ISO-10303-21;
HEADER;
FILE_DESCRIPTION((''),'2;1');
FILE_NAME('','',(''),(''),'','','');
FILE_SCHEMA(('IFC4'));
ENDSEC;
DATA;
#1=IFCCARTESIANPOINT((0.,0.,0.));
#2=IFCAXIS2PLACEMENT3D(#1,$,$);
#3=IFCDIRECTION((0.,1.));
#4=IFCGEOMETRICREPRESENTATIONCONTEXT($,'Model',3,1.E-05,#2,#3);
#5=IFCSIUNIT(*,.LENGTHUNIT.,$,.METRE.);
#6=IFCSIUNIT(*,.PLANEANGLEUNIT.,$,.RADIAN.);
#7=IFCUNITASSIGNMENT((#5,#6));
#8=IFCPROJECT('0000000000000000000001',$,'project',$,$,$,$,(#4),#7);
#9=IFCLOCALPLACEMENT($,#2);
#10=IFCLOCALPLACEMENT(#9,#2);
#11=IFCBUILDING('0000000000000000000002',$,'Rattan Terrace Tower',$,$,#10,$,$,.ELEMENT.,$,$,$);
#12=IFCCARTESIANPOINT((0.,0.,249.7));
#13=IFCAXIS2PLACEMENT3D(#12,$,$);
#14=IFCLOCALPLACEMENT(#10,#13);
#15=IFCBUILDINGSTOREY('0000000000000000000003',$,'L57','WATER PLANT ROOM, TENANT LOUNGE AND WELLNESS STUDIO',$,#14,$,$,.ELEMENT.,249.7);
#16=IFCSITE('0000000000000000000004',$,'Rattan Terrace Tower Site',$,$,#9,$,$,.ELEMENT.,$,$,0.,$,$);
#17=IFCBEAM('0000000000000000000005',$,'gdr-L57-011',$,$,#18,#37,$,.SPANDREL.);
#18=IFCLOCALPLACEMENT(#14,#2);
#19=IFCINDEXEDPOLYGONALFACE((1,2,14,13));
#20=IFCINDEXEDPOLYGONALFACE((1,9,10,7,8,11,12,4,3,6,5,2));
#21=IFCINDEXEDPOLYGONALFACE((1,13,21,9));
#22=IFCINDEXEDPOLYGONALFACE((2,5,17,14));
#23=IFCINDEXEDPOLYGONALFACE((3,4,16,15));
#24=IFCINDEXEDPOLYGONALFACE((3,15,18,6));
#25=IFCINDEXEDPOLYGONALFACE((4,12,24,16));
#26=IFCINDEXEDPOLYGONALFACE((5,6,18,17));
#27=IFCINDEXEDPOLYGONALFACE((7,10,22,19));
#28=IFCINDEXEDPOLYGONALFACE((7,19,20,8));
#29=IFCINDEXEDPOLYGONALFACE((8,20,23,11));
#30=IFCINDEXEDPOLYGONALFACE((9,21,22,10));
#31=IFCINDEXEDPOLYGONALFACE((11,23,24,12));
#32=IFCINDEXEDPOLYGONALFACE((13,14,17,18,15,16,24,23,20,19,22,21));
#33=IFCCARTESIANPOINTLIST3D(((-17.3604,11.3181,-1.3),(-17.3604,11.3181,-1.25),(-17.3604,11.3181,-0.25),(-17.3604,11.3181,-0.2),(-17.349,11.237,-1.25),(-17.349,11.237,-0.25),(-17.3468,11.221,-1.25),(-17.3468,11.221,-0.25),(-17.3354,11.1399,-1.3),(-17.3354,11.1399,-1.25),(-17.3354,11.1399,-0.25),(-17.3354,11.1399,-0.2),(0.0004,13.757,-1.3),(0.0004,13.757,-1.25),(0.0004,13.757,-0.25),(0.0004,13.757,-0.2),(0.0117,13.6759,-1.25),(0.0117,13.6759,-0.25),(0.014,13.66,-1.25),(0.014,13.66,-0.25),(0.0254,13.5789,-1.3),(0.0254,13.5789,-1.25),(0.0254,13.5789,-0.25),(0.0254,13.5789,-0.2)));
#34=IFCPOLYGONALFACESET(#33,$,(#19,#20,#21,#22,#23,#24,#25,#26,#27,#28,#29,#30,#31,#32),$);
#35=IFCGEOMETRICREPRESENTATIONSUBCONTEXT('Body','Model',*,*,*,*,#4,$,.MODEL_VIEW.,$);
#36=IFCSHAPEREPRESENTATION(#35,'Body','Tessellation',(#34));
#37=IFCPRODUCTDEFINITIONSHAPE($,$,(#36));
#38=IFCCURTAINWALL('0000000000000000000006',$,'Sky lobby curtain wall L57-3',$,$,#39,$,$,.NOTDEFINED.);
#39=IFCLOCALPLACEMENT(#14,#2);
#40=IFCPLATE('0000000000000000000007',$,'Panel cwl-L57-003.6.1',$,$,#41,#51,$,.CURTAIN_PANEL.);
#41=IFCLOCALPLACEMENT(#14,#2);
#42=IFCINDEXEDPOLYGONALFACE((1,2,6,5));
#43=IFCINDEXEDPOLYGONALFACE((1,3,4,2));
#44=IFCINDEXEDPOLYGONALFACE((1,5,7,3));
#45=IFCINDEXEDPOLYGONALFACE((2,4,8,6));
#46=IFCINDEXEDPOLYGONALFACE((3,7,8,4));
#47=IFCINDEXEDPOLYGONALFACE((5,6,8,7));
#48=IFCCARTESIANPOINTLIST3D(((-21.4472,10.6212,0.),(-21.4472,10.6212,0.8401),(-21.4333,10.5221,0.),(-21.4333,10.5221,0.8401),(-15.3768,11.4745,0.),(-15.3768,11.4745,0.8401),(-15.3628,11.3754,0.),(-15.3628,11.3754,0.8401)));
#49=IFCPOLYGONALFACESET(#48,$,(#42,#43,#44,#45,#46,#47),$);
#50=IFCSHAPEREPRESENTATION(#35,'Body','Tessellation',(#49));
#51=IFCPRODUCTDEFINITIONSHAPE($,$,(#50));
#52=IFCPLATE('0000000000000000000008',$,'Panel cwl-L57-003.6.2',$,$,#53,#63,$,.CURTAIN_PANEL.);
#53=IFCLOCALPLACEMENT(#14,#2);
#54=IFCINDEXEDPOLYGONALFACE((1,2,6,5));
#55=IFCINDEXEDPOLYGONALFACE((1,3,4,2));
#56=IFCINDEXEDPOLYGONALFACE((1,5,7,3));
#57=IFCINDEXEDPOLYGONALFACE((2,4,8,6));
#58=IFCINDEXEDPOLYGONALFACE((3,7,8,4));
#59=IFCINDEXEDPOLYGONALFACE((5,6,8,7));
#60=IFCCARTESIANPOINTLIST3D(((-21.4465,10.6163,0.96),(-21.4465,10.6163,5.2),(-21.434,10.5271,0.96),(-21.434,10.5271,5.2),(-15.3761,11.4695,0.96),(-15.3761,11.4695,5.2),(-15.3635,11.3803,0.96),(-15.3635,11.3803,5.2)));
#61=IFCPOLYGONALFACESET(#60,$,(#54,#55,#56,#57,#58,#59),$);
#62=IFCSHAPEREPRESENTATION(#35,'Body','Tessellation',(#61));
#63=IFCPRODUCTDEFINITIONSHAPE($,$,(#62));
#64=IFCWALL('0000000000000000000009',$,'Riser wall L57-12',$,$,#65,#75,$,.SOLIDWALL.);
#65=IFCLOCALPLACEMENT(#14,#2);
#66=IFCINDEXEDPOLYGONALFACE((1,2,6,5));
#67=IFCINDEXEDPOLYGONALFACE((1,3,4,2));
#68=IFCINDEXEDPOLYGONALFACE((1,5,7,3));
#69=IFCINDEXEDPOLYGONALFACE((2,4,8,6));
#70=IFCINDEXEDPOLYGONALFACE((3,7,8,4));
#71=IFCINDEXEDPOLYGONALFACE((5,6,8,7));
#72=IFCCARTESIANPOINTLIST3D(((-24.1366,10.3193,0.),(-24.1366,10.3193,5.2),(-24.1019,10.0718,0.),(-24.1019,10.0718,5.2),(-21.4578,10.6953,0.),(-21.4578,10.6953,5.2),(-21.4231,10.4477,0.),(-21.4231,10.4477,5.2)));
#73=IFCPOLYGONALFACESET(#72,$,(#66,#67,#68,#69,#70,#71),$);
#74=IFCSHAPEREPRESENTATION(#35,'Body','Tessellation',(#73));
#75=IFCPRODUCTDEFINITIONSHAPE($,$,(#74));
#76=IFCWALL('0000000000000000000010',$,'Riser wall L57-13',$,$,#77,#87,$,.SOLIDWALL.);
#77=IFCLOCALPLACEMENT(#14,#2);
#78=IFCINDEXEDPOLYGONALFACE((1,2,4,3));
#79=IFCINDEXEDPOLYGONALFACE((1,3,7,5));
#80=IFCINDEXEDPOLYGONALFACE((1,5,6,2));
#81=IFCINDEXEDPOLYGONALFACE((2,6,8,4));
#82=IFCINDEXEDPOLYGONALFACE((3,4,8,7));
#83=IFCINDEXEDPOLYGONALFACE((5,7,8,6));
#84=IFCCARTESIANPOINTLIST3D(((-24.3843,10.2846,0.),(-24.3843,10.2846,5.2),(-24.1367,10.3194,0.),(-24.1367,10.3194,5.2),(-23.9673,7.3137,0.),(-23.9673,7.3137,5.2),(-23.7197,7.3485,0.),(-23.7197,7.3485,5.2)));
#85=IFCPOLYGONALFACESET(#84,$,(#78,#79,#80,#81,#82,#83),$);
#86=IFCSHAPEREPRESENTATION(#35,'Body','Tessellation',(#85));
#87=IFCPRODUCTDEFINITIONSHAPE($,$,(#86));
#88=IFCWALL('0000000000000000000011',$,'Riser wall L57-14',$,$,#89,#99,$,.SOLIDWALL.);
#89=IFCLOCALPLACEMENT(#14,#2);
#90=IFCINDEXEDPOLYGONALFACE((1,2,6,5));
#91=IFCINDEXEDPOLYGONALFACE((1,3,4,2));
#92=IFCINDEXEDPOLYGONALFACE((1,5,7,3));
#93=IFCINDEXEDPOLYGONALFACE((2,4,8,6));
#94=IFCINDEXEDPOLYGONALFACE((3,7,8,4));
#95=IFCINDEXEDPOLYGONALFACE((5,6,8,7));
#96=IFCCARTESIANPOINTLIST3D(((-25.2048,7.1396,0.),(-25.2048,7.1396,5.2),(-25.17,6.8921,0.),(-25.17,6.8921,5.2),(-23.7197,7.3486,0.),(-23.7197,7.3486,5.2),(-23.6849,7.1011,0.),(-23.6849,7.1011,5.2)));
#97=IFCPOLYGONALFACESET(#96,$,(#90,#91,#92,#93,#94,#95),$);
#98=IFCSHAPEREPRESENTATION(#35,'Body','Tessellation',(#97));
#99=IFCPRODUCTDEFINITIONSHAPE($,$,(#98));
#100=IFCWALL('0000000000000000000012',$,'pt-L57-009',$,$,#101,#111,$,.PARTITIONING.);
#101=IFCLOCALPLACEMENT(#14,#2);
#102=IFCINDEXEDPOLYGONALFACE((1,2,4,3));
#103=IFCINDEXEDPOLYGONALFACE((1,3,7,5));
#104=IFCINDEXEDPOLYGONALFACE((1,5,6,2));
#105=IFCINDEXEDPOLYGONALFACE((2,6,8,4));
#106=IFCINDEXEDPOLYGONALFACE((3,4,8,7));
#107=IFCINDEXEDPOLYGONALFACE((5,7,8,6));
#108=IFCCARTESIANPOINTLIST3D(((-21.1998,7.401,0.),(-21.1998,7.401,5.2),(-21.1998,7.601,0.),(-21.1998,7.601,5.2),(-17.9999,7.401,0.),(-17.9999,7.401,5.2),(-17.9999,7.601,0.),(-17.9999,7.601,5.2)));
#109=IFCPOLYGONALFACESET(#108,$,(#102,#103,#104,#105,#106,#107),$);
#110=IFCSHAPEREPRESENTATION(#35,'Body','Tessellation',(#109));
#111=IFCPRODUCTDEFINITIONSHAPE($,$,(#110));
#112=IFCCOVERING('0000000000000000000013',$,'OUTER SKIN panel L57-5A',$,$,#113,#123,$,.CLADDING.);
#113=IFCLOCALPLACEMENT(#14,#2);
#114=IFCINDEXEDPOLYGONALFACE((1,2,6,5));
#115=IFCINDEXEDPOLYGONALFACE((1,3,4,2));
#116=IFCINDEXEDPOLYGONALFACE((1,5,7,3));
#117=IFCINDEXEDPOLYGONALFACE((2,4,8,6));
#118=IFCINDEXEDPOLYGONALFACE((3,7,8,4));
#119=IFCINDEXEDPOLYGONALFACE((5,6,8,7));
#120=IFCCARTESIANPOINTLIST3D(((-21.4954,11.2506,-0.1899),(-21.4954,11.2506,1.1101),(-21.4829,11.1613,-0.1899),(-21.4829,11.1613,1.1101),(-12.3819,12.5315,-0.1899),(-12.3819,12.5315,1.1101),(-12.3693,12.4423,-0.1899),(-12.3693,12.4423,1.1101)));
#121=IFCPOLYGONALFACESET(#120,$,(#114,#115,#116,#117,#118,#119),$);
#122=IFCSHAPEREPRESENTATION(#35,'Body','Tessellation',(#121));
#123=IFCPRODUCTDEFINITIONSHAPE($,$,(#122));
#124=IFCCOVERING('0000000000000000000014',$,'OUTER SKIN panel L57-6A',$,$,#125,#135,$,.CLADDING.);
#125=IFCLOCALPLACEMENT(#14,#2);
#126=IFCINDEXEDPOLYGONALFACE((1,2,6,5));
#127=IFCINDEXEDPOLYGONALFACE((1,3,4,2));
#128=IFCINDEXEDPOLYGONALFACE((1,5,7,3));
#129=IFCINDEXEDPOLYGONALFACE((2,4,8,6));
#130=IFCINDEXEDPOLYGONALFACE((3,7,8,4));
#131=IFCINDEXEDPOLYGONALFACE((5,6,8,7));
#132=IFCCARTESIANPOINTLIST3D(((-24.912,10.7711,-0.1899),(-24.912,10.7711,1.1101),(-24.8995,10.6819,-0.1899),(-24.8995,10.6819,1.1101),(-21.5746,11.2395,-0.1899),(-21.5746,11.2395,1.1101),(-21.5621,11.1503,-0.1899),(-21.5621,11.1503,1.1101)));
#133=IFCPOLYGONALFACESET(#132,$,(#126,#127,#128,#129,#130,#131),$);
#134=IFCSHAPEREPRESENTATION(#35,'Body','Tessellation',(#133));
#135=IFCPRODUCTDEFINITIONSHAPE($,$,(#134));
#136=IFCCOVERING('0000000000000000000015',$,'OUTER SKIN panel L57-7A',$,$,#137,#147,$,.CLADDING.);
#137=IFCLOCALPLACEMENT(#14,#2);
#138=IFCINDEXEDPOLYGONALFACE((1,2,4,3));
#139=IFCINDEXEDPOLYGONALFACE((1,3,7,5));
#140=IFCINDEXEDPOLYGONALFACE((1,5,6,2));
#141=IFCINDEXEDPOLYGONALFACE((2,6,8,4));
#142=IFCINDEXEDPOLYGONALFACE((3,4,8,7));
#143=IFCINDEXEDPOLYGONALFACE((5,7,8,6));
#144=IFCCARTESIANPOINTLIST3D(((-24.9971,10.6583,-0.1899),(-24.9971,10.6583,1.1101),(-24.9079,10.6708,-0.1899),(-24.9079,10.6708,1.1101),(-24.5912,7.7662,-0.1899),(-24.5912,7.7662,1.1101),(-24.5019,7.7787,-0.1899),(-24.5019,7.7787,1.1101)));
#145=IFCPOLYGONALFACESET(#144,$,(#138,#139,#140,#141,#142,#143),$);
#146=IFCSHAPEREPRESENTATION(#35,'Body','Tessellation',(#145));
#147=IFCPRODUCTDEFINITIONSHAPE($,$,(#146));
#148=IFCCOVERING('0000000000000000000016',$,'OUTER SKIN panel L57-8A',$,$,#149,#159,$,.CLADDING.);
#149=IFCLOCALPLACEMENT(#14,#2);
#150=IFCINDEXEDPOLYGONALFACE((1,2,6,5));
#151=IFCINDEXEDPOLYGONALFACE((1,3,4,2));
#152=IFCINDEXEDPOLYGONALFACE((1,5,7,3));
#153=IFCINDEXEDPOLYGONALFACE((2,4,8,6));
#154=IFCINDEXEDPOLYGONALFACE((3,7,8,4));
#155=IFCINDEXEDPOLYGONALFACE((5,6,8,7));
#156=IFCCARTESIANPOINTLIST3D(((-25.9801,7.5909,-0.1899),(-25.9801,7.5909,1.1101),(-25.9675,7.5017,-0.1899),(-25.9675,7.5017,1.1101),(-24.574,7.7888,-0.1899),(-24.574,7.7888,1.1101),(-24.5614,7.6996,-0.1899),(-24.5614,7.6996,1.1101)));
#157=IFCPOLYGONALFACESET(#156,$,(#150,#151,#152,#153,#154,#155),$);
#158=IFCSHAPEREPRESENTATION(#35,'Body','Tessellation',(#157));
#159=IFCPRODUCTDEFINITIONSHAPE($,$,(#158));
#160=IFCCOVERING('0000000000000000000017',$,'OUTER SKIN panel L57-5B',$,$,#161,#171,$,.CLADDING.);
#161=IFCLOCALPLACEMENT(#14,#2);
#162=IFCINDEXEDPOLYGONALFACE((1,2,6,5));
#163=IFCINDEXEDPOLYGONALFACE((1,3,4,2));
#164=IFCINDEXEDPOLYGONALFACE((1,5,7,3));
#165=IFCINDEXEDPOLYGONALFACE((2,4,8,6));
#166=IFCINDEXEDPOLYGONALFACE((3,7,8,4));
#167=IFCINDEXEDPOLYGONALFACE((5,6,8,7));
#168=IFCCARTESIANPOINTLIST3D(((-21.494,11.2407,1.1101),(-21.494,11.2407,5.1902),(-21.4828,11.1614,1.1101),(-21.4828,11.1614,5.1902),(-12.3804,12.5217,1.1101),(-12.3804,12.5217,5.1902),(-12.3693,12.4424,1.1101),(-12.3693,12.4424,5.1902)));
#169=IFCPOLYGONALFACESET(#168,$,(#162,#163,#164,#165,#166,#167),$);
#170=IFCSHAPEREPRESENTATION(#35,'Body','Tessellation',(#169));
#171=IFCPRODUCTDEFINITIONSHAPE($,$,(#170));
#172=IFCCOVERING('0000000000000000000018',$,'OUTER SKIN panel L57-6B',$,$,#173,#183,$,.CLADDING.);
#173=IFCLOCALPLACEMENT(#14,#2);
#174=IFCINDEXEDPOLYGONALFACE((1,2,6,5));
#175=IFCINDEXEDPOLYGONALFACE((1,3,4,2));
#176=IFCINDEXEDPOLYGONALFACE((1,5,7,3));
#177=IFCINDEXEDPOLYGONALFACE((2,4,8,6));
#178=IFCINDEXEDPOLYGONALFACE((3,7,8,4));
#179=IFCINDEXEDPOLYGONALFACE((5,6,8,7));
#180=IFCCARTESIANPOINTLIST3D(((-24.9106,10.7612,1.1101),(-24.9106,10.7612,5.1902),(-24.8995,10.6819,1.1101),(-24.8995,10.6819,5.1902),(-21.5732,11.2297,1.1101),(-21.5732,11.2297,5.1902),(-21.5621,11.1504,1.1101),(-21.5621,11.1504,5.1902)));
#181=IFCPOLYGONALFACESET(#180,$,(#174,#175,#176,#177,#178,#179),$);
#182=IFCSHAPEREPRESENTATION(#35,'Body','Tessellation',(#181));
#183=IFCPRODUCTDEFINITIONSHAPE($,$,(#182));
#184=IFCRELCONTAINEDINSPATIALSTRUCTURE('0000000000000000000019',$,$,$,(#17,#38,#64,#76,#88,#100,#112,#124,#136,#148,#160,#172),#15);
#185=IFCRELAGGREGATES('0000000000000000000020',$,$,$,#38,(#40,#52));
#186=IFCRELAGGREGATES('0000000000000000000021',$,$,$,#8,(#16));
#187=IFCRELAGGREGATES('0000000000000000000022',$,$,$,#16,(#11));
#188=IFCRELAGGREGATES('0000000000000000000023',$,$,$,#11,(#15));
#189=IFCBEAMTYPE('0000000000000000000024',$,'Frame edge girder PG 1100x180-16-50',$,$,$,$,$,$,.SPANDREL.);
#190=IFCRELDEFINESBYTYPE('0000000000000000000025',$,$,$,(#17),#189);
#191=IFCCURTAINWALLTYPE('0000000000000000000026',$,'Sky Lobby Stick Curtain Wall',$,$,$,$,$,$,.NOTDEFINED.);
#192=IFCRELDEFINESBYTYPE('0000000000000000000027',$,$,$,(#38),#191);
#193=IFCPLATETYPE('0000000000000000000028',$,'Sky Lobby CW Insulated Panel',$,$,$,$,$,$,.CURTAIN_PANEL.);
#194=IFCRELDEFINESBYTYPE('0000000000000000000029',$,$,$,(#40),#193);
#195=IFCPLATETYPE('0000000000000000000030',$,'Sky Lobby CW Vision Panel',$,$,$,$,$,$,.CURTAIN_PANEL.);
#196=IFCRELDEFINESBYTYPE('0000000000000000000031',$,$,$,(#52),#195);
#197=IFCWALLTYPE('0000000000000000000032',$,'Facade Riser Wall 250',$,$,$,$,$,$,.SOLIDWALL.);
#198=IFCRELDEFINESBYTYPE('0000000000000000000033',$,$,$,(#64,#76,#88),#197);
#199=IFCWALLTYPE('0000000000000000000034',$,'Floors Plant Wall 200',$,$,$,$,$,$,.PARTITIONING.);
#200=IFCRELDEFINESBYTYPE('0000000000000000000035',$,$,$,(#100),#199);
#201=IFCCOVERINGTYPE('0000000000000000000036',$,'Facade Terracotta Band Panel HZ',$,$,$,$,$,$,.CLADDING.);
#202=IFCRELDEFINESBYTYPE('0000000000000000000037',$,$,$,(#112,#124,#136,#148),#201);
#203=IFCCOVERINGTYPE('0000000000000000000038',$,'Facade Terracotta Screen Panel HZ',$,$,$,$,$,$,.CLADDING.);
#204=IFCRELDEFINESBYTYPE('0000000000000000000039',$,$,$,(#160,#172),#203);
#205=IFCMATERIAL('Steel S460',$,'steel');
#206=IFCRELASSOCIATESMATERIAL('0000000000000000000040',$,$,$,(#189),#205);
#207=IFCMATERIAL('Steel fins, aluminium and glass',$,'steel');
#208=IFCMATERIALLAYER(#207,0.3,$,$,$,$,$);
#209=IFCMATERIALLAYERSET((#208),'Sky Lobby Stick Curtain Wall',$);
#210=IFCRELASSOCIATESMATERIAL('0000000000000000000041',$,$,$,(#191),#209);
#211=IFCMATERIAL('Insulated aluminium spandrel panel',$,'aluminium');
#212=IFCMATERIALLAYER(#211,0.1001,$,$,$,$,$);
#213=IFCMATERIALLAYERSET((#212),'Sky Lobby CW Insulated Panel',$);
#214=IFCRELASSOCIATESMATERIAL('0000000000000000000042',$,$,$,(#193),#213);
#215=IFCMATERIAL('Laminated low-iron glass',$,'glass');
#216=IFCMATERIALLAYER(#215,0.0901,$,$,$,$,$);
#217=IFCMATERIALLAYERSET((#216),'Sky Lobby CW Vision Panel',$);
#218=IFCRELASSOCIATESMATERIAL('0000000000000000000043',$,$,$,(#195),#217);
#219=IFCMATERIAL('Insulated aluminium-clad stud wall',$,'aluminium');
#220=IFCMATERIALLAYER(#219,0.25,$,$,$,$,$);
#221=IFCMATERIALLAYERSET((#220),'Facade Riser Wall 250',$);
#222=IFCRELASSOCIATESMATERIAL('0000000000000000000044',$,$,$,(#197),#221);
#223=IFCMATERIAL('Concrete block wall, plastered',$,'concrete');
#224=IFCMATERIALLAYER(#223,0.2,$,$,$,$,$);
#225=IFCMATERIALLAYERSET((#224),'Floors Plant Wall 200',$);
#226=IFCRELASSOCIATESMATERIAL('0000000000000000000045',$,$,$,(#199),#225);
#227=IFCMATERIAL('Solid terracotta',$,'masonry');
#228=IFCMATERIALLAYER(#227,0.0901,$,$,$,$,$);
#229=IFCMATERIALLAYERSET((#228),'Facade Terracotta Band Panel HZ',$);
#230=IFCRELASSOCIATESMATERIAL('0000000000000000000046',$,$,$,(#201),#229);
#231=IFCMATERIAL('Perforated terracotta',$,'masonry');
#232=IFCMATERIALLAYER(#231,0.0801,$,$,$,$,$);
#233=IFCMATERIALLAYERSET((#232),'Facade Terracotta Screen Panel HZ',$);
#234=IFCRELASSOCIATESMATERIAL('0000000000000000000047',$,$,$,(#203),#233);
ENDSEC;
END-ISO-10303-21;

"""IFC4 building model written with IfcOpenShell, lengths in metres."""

from ifc_helpers import new_model, si_unit, direction, frame, frame_2d, origin, origin_2d, place, context, subcontext, project, spatial, rectangle, i_section, extrude, material, layer, layer_set, material_profile, profile_set, type_object, element, aggregate, save


model = new_model("IFC4")

# Units and contexts
model_context = context("Model", 3, precision=1e-05, world=origin(), true_north=direction((0.0, 1.0)))
body_context = subcontext(model_context, "Body", "Model", "MODEL_VIEW")
ifc_project = project(units=[si_unit("LENGTHUNIT", "METRE"), si_unit("PLANEANGLEUNIT", "RADIAN")], contexts=[model_context])

# Site, building, storey
site_placement = place(None, origin())
site = spatial("IfcSite", under=ifc_project, at=site_placement, Name="Rattan Terrace Tower Site", CompositionType="ELEMENT", RefElevation=0.0)
building_placement = place(site_placement, origin())
building = spatial("IfcBuilding", under=site, at=building_placement, Name="Rattan Terrace Tower", CompositionType="ELEMENT")
storey_placement = place(building_placement, frame((0.0, 0.0, 249.7)))
storey = spatial("IfcBuildingStorey", under=building, at=storey_placement, Name="L57", Description="WATER PLANT ROOM, TENANT LOUNGE AND WELLNESS STUDIO", CompositionType="ELEMENT", Elevation=249.7)

# Beam
ifc_material_1 = material(Name="Steel S460", Category="steel")
ifc_material_profile = material_profile(ifc_material_1, i_section(OverallWidth=0.1799, OverallDepth=1.1001, WebThickness=0.0161, FlangeThickness=0.05, at=origin_2d()), Name="PG 1100x180-16-50")
ifc_profile_set = profile_set([ifc_material_profile], Name="Steel S460")
beam_type = type_object("IfcBeamType", Name="Frame edge girder PG 1100x180-16-50", PredefinedType="SPANDREL", material=ifc_profile_set)
beam_placement = place(storey_placement, frame((-17.3479, 11.229, -0.75), z_axis=(0.990275, 0.13912, 0.0), x_axis=(-0.13912, 0.990275, 0.0)))
element("IfcBeam", 1, at=beam_placement, inside=storey, type_object=beam_type, Name="gdr-L57-011", PredefinedType="SPANDREL", context=body_context, shape_type="SweptSolid", body=[
    extrude(i_section(OverallWidth=0.1799, OverallDepth=1.1001, WebThickness=0.0161, FlangeThickness=0.05, at=origin_2d()), origin(), (0.0, 0.0, 1.0), 17.5312),
])

# Curtain wall, plates
ifc_material_2 = material(Name="Steel fins, aluminium and glass", Category="steel")
ifc_layer_1 = layer(ifc_material_2, 0.3)
ifc_layer_set_1 = layer_set([ifc_layer_1], Name="Sky Lobby Stick Curtain Wall")
curtain_wall_type = type_object("IfcCurtainWallType", Name="Sky Lobby Stick Curtain Wall", PredefinedType="NOTDEFINED", material=ifc_layer_set_1)
curtain_wall_placement = place(storey_placement, origin())
curtain_wall = element("IfcCurtainWall", 2, at=curtain_wall_placement, inside=storey, type_object=curtain_wall_type, Name="Sky lobby curtain wall L57-3", PredefinedType="NOTDEFINED")
ifc_material_3 = material(Name="Insulated aluminium spandrel panel", Category="aluminium")
ifc_layer_2 = layer(ifc_material_3, 0.1001)
ifc_layer_set_2 = layer_set([ifc_layer_2], Name="Sky Lobby CW Insulated Panel")
plate_type_1 = type_object("IfcPlateType", Name="Sky Lobby CW Insulated Panel", PredefinedType="CURTAIN_PANEL", material=ifc_layer_set_2)
plate_1_placement = place(storey_placement, frame((-18.405, 10.9983, 0.0), z_axis=(0.0, 0.0, 1.0), x_axis=(-0.990266, -0.139189, 0.0)))
plate_1 = element("IfcPlate", 3, at=plate_1_placement, type_object=plate_type_1, Name="Panel cwl-L57-003.6.1", PredefinedType="CURTAIN_PANEL", context=body_context, shape_type="SweptSolid", body=[
    extrude(rectangle(XDim=6.1301, YDim=0.1001, at=origin_2d()), origin(), (0.0, 0.0, 1.0), 0.8401),
])
ifc_material_4 = material(Name="Laminated low-iron glass", Category="glass")
ifc_layer_3 = layer(ifc_material_4, 0.0901)
ifc_layer_set_3 = layer_set([ifc_layer_3], Name="Sky Lobby CW Vision Panel")
plate_type_2 = type_object("IfcPlateType", Name="Sky Lobby CW Vision Panel", PredefinedType="CURTAIN_PANEL", material=ifc_layer_set_3)
plate_2_placement = place(storey_placement, frame((-18.405, 10.9983, 0.96), z_axis=(0.0, 0.0, 1.0), x_axis=(-0.990266, -0.139189, 0.0)))
plate_2 = element("IfcPlate", 4, at=plate_2_placement, type_object=plate_type_2, Name="Panel cwl-L57-003.6.2", PredefinedType="CURTAIN_PANEL", context=body_context, shape_type="SweptSolid", body=[
    extrude(rectangle(XDim=6.1301, YDim=0.0901, at=origin_2d()), origin(), (0.0, 0.0, 1.0), 4.24),
])
aggregate(curtain_wall, [plate_1, plate_2])

# Walls
ifc_material_5 = material(Name="Insulated aluminium-clad stud wall", Category="aluminium")
ifc_layer_4 = layer(ifc_material_5, 0.25)
ifc_layer_set_4 = layer_set([ifc_layer_4], Name="Facade Riser Wall 250")
wall_type_1 = type_object("IfcWallType", Name="Facade Riser Wall 250", PredefinedType="SOLIDWALL", material=ifc_layer_set_4)
wall_1_placement = place(storey_placement, frame((-21.4404, 10.5715, 0.0), z_axis=(0.0, 0.0, 1.0), x_axis=(-0.990293, -0.138995, 0.0)))
element("IfcWall", 5, at=wall_1_placement, inside=storey, type_object=wall_type_1, Name="Riser wall L57-12", PredefinedType="SOLIDWALL", context=body_context, shape_type="SweptSolid", body=[
    extrude(rectangle(XDim=2.7051, YDim=0.25, at=frame_2d((1.3525, 0.0))), origin(), (0.0, 0.0, 1.0), 5.2),
])
wall_2_placement = place(storey_placement, frame((-24.2605, 10.302, 0.0), z_axis=(0.0, 0.0, 1.0), x_axis=(0.138994, -0.990293, 0.0)))
element("IfcWall", 6, at=wall_2_placement, inside=storey, type_object=wall_type_1, Name="Riser wall L57-13", PredefinedType="SOLIDWALL", context=body_context, shape_type="SweptSolid", body=[
    extrude(rectangle(XDim=3.0, YDim=0.25, at=frame_2d((1.5, 0.0))), origin(), (0.0, 0.0, 1.0), 5.2),
])
wall_3_placement = place(storey_placement, frame((-23.7021, 7.2249, 0.0), z_axis=(0.0, 0.0, 1.0), x_axis=(-0.990244, -0.139347, 0.0)))
element("IfcWall", 7, at=wall_3_placement, inside=storey, type_object=wall_type_1, Name="Riser wall L57-14", PredefinedType="SOLIDWALL", context=body_context, shape_type="SweptSolid", body=[
    extrude(rectangle(XDim=1.4998, YDim=0.25, at=frame_2d((0.75, 0.0))), origin(), (0.0, 0.0, 1.0), 5.2),
])
ifc_material_6 = material(Name="Concrete block wall, plastered", Category="concrete")
ifc_layer_5 = layer(ifc_material_6, 0.2)
ifc_layer_set_5 = layer_set([ifc_layer_5], Name="Floors Plant Wall 200")
wall_type_2 = type_object("IfcWallType", Name="Floors Plant Wall 200", PredefinedType="PARTITIONING", material=ifc_layer_set_5)
wall_4_placement = place(storey_placement, frame((-21.2, 7.501, 0.0), z_axis=(0.0, 0.0, 1.0), x_axis=(1.0, 0.0, 0.0)))
element("IfcWall", 8, at=wall_4_placement, inside=storey, type_object=wall_type_2, Name="pt-L57-009", PredefinedType="PARTITIONING", context=body_context, shape_type="SweptSolid", body=[
    extrude(rectangle(XDim=3.2, YDim=0.2, at=frame_2d((1.6001, 0.0))), origin(), (0.0, 0.0, 1.0), 5.2),
])

# Coverings
ifc_material_7 = material(Name="Solid terracotta", Category="masonry")
ifc_layer_6 = layer(ifc_material_7, 0.0901)
ifc_layer_set_6 = layer_set([ifc_layer_6], Name="Facade Terracotta Band Panel HZ")
covering_type_1 = type_object("IfcCoveringType", Name="Facade Terracotta Band Panel HZ", PredefinedType="CLADDING", material=ifc_layer_set_6)
covering_1_placement = place(storey_placement, frame((-16.9324, 11.8464, -0.1899), z_axis=(0.0, 0.0, 1.0), x_axis=(-0.990266, -0.139189, 0.0)))
element("IfcCovering", 9, at=covering_1_placement, inside=storey, type_object=covering_type_1, Name="OUTER SKIN panel L57-5A", PredefinedType="CLADDING", context=body_context, shape_type="SweptSolid", body=[
    extrude(rectangle(XDim=9.2031, YDim=0.0901, at=origin_2d()), origin(), (0.0, 0.0, 1.0), 1.3),
])
covering_2_placement = place(storey_placement, frame((-23.2371, 10.9607, -0.1899), z_axis=(0.0, 0.0, 1.0), x_axis=(-0.990293, -0.138994, 0.0)))
element("IfcCovering", 10, at=covering_2_placement, inside=storey, type_object=covering_type_1, Name="OUTER SKIN panel L57-6A", PredefinedType="CLADDING", context=body_context, shape_type="SweptSolid", body=[
    extrude(rectangle(XDim=3.3701, YDim=0.0901, at=origin_2d()), origin(), (0.0, 0.0, 1.0), 1.3),
])
covering_3_placement = place(storey_placement, frame((-24.7495, 9.2185, -0.1899), z_axis=(0.0, 0.0, 1.0), x_axis=(0.138994, -0.990293, 0.0)))
element("IfcCovering", 11, at=covering_3_placement, inside=storey, type_object=covering_type_1, Name="OUTER SKIN panel L57-7A", PredefinedType="CLADDING", context=body_context, shape_type="SweptSolid", body=[
    extrude(rectangle(XDim=2.9204, YDim=0.0901, at=origin_2d()), origin(), (0.0, 0.0, 1.0), 1.3),
])
covering_4_placement = place(storey_placement, frame((-25.2708, 7.6453, -0.1899), z_axis=(0.0, 0.0, 1.0), x_axis=(-0.990241, -0.139367, 0.0)))
element("IfcCovering", 12, at=covering_4_placement, inside=storey, type_object=covering_type_1, Name="OUTER SKIN panel L57-8A", PredefinedType="CLADDING", context=body_context, shape_type="SweptSolid", body=[
    extrude(rectangle(XDim=1.4199, YDim=0.0901, at=origin_2d()), origin(), (0.0, 0.0, 1.0), 1.3),
])
ifc_material_8 = material(Name="Perforated terracotta", Category="masonry")
ifc_layer_7 = layer(ifc_material_8, 0.0801)
ifc_layer_set_7 = layer_set([ifc_layer_7], Name="Facade Terracotta Screen Panel HZ")
covering_type_2 = type_object("IfcCoveringType", Name="Facade Terracotta Screen Panel HZ", PredefinedType="CLADDING", material=ifc_layer_set_7)
covering_5_placement = place(storey_placement, frame((-16.9316, 11.8416, 1.1101), z_axis=(0.0, 0.0, 1.0), x_axis=(-0.990266, -0.139189, 0.0)))
element("IfcCovering", 13, at=covering_5_placement, inside=storey, type_object=covering_type_2, Name="OUTER SKIN panel L57-5B", PredefinedType="CLADDING", context=body_context, shape_type="SweptSolid", body=[
    extrude(rectangle(XDim=9.2031, YDim=0.0801, at=origin_2d()), origin(), (0.0, 0.0, 1.0), 4.0801),
])
covering_6_placement = place(storey_placement, frame((-23.2363, 10.9558, 1.1101), z_axis=(0.0, 0.0, 1.0), x_axis=(-0.990293, -0.138994, 0.0)))
element("IfcCovering", 14, at=covering_6_placement, inside=storey, type_object=covering_type_2, Name="OUTER SKIN panel L57-6B", PredefinedType="CLADDING", context=body_context, shape_type="SweptSolid", body=[
    extrude(rectangle(XDim=3.3701, YDim=0.0801, at=origin_2d()), origin(), (0.0, 0.0, 1.0), 4.0801),
])

save(model, "model.ifc")
